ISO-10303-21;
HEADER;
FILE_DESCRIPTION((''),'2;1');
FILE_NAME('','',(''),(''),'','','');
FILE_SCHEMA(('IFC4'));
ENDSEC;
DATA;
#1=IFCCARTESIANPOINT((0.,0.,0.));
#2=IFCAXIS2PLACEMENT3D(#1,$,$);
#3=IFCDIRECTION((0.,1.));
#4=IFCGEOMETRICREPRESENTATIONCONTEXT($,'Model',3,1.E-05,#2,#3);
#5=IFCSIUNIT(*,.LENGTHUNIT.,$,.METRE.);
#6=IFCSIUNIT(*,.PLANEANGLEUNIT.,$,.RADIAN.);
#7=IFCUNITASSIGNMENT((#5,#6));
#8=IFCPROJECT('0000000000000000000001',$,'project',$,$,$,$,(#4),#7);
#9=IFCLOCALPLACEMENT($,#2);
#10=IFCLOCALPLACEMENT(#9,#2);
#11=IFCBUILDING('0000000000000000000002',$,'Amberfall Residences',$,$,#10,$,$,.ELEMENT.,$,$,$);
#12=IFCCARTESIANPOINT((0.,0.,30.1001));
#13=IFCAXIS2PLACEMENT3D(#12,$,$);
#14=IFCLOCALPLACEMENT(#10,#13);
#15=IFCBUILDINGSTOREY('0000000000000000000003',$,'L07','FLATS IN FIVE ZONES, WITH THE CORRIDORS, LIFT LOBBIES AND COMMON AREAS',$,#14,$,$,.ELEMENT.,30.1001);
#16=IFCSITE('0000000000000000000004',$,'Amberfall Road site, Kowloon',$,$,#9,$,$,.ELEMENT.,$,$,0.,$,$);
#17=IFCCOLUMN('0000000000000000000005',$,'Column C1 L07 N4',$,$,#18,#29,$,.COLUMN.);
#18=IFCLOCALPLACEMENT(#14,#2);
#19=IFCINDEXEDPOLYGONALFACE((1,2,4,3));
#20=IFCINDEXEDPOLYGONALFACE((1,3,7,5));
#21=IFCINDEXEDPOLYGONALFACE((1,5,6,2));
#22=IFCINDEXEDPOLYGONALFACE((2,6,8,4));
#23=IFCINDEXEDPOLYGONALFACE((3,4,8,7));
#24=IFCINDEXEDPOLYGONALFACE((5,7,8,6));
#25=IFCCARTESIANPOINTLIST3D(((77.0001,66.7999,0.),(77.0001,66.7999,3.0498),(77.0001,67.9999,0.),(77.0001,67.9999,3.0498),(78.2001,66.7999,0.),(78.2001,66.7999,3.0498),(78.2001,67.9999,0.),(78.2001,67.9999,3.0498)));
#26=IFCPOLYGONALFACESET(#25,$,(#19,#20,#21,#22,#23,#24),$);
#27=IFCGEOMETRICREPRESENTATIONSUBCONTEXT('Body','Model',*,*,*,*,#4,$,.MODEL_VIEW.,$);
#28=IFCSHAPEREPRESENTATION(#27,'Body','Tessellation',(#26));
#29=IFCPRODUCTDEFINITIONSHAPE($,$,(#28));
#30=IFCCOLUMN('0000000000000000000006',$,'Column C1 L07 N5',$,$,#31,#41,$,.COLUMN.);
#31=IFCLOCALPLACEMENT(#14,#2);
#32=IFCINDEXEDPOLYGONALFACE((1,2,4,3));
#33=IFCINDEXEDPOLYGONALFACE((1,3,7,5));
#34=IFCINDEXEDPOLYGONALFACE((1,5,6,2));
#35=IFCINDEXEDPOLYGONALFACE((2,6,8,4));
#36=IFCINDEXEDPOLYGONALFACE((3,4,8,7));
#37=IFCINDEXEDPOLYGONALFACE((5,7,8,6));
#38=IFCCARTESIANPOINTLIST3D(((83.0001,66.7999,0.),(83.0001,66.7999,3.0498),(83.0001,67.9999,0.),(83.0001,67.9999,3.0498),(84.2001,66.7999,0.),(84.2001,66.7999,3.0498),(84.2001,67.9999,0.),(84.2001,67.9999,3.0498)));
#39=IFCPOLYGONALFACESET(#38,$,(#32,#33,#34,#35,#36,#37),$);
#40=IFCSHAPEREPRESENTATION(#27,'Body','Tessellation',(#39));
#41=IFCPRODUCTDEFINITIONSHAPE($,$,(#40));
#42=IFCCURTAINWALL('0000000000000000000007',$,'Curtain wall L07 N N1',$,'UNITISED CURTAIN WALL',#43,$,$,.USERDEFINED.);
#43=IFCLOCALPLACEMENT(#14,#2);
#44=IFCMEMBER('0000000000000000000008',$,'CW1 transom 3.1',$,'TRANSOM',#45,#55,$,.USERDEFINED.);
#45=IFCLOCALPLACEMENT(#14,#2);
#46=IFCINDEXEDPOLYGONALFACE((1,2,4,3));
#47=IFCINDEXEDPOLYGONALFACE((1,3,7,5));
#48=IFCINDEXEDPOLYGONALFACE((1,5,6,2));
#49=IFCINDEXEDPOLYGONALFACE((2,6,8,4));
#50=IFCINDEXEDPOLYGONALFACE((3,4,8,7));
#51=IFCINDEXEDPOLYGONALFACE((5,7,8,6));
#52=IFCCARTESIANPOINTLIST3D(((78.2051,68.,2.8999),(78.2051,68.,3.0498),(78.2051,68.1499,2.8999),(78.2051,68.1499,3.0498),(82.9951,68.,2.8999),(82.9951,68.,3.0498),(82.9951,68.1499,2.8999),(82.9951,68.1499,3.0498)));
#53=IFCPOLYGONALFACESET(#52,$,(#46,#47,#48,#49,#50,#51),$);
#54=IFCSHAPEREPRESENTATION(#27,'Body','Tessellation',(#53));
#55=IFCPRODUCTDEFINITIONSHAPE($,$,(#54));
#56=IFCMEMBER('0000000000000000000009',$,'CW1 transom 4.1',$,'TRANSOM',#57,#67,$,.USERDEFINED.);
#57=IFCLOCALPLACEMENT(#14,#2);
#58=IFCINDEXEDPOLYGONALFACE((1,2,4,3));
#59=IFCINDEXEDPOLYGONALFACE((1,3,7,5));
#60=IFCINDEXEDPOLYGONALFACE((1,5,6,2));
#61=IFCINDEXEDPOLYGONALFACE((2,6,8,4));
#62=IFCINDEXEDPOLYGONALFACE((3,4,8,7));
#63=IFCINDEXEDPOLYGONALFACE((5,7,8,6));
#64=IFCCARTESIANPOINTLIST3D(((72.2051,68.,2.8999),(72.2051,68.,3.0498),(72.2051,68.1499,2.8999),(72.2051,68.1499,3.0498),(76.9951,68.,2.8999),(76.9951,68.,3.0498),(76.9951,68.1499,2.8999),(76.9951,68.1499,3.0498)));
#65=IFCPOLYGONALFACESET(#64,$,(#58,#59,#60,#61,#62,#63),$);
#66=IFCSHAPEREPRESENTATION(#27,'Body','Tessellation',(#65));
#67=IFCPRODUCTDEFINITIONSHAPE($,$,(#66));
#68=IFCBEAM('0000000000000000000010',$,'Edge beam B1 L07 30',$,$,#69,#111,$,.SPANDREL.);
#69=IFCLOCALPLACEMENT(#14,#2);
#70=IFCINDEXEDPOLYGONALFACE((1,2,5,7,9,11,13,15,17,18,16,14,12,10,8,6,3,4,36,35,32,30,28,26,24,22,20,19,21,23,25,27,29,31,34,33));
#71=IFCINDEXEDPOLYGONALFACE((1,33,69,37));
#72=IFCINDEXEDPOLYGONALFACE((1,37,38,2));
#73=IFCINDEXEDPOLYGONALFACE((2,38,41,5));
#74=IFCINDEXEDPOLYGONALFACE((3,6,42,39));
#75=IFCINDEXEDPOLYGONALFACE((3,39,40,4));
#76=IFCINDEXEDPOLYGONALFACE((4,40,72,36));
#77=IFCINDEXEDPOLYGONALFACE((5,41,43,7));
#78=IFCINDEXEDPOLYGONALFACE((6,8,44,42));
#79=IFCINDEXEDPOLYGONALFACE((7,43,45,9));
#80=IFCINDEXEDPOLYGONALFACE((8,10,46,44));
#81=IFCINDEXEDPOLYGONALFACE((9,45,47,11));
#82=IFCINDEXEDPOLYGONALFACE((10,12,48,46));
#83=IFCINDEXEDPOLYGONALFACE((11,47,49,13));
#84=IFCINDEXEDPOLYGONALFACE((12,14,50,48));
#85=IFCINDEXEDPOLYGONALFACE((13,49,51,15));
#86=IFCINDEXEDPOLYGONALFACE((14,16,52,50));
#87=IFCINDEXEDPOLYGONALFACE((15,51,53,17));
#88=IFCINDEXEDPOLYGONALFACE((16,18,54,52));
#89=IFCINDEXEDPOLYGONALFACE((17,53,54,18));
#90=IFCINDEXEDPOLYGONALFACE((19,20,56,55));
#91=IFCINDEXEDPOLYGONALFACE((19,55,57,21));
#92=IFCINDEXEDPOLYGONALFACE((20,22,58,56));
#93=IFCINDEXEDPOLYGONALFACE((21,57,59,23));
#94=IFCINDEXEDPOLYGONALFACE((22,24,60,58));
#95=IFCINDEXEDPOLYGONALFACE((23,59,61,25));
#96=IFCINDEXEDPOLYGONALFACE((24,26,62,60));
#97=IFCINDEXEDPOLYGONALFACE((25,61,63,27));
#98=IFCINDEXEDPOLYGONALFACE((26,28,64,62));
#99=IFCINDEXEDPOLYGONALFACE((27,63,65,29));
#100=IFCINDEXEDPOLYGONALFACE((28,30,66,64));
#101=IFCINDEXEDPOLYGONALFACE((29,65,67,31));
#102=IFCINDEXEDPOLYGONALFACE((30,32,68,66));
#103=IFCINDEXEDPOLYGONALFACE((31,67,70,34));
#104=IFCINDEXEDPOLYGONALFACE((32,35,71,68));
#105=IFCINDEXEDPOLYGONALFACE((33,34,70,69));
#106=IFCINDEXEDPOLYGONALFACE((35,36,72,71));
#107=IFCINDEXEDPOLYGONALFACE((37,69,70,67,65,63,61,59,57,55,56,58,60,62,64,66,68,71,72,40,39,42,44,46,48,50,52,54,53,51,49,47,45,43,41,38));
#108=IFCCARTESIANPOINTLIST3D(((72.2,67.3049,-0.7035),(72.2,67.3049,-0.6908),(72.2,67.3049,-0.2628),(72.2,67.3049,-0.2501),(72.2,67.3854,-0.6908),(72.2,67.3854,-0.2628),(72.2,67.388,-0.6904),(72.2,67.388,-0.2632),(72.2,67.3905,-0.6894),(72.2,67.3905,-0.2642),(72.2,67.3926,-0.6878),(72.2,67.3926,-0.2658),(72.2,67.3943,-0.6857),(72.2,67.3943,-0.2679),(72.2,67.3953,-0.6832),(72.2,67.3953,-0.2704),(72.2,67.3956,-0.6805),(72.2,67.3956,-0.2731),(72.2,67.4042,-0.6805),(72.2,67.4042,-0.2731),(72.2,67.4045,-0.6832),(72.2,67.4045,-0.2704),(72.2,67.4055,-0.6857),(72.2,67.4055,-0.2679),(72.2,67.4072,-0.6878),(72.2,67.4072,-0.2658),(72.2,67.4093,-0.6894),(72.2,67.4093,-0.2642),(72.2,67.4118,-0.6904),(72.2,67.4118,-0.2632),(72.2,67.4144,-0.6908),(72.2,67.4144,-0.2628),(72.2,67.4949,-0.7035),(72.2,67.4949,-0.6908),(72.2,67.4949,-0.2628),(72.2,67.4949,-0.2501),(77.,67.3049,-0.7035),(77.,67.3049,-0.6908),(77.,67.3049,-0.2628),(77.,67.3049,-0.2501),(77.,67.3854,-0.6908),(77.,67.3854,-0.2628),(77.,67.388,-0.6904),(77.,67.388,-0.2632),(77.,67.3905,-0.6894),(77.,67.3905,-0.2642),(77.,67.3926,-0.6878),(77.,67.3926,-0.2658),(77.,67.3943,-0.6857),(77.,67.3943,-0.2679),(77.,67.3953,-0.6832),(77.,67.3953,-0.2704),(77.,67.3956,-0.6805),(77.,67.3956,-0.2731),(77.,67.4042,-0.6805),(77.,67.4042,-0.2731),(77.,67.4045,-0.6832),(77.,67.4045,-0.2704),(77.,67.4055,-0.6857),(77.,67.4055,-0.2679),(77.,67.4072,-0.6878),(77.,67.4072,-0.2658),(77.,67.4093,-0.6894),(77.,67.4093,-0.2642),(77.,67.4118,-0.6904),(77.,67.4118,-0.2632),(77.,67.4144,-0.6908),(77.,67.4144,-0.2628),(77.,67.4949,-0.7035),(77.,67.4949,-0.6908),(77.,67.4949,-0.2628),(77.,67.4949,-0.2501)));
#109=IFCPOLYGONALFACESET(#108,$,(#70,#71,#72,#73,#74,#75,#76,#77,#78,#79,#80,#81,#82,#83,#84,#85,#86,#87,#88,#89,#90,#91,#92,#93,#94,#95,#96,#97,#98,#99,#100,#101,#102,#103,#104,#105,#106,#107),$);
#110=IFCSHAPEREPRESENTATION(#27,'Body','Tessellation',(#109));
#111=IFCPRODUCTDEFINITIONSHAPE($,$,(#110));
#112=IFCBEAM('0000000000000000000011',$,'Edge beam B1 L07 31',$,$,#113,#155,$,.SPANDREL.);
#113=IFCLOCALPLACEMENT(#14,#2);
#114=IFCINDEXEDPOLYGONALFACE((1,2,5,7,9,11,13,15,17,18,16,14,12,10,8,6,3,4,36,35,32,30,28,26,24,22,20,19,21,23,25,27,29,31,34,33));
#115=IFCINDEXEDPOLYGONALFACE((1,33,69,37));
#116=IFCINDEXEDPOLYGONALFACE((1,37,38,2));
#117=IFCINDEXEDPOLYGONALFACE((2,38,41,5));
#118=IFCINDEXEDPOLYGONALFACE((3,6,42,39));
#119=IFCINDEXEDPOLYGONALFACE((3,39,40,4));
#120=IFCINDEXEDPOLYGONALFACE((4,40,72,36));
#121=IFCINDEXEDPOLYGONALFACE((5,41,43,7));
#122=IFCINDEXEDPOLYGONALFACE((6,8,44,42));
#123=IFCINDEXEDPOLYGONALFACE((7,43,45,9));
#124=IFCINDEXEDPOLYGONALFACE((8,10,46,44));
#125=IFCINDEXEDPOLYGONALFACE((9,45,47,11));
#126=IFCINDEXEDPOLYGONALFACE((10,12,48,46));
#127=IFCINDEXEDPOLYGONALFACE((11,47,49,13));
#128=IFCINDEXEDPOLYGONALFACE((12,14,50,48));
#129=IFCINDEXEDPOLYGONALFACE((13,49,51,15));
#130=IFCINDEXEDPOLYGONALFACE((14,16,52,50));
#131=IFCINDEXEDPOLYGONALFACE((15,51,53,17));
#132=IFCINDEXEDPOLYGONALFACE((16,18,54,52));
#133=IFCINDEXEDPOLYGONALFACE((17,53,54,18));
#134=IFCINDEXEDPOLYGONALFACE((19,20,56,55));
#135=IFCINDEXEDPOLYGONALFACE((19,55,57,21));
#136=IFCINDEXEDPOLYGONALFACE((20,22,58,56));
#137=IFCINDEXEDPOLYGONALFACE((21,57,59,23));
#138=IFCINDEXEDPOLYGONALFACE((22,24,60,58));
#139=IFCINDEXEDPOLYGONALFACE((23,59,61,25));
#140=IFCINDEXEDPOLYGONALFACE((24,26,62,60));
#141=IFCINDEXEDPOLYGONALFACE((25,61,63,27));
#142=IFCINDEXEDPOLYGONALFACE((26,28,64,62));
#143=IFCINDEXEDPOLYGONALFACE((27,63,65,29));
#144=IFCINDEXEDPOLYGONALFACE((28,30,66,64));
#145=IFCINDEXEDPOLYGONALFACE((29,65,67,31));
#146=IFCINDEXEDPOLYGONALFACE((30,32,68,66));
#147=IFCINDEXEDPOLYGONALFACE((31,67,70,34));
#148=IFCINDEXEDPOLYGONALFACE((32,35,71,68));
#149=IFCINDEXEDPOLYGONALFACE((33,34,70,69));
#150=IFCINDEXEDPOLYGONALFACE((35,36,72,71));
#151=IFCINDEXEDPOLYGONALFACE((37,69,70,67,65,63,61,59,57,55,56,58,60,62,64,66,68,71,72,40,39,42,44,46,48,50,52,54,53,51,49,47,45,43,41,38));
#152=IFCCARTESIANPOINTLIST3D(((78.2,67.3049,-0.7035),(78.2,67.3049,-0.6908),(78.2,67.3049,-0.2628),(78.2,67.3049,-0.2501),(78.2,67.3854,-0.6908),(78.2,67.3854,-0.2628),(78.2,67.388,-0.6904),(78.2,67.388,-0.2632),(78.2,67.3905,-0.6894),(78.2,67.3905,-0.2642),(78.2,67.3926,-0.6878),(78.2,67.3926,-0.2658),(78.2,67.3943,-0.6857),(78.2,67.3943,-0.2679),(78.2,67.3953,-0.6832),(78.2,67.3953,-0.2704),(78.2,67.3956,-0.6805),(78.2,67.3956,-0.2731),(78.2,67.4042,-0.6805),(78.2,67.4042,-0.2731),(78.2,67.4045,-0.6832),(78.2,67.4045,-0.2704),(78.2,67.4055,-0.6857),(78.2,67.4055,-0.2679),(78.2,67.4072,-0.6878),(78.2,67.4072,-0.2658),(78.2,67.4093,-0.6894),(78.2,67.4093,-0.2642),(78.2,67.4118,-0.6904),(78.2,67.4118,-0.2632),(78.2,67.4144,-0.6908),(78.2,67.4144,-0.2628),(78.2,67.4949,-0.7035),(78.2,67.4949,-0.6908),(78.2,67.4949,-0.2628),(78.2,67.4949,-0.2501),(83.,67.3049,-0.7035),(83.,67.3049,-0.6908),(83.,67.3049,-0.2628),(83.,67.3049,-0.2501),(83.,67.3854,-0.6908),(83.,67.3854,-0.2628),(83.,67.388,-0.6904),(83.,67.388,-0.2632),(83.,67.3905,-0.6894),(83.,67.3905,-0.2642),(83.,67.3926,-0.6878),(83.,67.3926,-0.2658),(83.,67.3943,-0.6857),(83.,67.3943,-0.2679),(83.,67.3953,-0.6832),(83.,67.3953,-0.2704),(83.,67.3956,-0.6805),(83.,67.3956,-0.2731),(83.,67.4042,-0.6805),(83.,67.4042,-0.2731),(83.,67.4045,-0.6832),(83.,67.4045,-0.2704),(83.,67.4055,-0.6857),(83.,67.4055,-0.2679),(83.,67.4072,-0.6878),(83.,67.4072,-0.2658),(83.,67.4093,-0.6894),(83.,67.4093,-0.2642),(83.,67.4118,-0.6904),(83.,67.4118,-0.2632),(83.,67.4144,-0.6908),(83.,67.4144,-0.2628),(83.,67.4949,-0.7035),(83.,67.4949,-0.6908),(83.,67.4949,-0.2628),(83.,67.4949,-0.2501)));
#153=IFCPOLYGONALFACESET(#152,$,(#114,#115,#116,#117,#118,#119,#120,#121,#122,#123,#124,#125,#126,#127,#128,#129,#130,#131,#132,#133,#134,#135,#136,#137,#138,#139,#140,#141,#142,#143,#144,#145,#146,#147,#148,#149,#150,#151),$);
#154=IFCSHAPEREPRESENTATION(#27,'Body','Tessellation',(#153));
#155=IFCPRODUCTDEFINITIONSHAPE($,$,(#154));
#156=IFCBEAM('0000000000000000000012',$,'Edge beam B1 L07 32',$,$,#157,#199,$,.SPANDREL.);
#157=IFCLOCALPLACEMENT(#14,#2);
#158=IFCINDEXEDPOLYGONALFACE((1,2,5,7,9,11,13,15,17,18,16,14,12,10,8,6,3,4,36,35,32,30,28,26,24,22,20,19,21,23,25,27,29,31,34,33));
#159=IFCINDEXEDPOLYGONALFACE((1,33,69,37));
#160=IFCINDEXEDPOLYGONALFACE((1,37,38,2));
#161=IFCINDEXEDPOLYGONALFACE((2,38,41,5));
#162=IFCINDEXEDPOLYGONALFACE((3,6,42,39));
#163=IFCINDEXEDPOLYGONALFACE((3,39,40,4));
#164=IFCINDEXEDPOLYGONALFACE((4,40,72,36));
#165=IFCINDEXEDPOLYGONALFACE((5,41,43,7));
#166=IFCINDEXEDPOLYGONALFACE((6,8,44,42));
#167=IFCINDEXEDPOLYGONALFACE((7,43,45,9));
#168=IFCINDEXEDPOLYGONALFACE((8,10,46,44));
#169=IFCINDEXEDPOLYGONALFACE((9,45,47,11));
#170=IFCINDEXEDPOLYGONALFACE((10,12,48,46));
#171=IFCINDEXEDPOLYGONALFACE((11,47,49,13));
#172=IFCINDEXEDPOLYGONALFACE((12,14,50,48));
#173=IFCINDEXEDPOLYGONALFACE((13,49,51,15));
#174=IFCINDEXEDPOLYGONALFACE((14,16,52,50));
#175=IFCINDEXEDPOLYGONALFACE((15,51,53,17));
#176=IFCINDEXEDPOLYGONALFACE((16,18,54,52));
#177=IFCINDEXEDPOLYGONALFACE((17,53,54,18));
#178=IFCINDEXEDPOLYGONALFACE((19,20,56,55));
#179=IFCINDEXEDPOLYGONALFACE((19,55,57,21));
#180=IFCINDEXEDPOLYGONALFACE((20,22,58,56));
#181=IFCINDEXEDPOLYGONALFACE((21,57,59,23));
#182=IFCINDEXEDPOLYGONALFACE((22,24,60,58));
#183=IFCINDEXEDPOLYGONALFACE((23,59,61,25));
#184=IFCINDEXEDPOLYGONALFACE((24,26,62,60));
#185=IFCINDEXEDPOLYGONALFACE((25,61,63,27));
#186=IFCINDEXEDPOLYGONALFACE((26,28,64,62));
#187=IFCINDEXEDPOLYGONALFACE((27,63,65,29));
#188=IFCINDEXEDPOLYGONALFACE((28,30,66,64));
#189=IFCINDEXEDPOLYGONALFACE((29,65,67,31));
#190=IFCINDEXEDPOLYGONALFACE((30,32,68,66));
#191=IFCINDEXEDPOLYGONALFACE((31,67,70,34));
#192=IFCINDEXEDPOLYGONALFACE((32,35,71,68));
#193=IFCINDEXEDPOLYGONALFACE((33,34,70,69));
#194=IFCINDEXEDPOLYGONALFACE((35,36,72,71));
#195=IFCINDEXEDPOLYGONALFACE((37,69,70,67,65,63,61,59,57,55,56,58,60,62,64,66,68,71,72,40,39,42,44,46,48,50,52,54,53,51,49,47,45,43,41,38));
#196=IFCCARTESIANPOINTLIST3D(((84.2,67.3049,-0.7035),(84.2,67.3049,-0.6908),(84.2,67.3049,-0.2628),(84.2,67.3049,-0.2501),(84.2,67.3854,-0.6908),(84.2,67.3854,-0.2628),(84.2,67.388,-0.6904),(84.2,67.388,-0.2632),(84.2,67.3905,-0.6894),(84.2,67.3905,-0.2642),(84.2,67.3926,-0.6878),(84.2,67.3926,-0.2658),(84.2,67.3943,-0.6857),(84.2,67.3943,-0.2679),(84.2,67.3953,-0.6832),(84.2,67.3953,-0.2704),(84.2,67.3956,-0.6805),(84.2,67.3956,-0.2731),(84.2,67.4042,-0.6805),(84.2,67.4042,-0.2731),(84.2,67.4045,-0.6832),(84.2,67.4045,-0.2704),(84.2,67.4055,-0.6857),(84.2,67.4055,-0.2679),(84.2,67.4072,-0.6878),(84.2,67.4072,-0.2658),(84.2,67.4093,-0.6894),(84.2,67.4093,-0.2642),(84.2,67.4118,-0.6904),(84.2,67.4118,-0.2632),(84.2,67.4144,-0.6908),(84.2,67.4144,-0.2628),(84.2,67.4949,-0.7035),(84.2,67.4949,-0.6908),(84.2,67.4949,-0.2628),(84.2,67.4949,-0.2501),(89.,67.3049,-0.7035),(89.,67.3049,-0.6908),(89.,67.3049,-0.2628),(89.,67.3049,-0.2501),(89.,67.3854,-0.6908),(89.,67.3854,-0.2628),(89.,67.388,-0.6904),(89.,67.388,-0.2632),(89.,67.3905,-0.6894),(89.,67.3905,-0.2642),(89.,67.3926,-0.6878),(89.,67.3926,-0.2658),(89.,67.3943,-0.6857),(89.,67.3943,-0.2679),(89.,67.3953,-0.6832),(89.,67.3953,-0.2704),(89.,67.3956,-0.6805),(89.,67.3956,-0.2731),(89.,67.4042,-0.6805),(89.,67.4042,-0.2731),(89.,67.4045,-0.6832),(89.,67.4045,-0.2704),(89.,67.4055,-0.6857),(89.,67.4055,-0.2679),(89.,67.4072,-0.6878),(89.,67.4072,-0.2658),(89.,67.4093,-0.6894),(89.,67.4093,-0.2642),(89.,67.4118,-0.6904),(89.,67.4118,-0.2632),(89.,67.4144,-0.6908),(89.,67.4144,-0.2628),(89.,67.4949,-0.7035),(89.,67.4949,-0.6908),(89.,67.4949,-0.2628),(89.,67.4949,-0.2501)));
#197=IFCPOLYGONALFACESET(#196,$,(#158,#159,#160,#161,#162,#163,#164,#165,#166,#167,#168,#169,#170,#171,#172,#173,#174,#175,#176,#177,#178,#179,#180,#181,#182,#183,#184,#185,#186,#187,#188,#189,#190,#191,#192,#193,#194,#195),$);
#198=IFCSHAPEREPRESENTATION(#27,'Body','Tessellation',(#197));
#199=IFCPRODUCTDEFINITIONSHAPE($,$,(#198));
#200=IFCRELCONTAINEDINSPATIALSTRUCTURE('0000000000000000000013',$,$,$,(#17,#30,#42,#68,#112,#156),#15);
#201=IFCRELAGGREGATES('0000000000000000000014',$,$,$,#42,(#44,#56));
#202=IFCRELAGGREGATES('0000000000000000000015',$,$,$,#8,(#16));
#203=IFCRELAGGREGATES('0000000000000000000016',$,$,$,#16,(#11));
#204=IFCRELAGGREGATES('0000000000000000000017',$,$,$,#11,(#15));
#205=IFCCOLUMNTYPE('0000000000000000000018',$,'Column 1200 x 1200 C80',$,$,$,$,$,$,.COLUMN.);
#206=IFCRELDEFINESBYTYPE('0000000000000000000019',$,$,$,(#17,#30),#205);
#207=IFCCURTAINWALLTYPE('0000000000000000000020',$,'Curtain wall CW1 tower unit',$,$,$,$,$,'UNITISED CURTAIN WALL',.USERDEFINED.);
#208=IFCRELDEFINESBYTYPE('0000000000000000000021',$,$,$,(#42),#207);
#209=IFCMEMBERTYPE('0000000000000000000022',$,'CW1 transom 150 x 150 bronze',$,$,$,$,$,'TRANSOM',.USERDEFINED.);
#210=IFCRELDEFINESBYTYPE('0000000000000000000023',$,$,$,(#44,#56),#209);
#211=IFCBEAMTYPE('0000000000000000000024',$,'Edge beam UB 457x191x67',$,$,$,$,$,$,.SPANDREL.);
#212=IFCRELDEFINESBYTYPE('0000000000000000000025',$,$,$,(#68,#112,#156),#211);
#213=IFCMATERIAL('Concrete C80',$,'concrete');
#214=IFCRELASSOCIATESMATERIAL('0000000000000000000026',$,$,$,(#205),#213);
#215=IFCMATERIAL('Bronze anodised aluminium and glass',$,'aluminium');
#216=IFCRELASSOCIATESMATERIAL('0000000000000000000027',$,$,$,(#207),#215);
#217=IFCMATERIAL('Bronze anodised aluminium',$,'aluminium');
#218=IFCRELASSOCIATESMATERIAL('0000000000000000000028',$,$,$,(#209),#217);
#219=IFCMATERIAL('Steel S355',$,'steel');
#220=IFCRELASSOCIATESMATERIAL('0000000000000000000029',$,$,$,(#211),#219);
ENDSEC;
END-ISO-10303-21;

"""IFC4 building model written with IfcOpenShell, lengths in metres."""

from ifc_helpers import new_model, si_unit, direction, frame, origin, origin_2d, place, context, subcontext, project, spatial, rectangle, i_section, extrude, material, material_profile, profile_set, type_object, element, aggregate, save


model = new_model("IFC4")

# Units and contexts
model_context = context("Model", 3, precision=1e-05, world=origin(), true_north=direction((0.0, 1.0)))
body_context = subcontext(model_context, "Body", "Model", "MODEL_VIEW")
ifc_project = project(units=[si_unit("LENGTHUNIT", "METRE"), si_unit("PLANEANGLEUNIT", "RADIAN")], contexts=[model_context])

# Site, building, storey
site_placement = place(None, origin())
site = spatial("IfcSite", under=ifc_project, at=site_placement, Name="Amberfall Road site, Kowloon", CompositionType="ELEMENT", RefElevation=0.0)
building_placement = place(site_placement, origin())
building = spatial("IfcBuilding", under=site, at=building_placement, Name="Amberfall Residences", CompositionType="ELEMENT")
storey_placement = place(building_placement, frame((0.0, 0.0, 30.1001)))
storey = spatial("IfcBuildingStorey", under=building, at=storey_placement, Name="L07", Description="FLATS IN FIVE ZONES, WITH THE CORRIDORS, LIFT LOBBIES AND COMMON AREAS", CompositionType="ELEMENT", Elevation=30.1001)

# Columns
ifc_material_1 = material(Name="Concrete C80", Category="concrete")
ifc_material_profile_1 = material_profile(ifc_material_1, rectangle(XDim=1.2, YDim=1.2, at=origin_2d()), Name="Column 1200 x 1200 C80")
ifc_profile_set_1 = profile_set([ifc_material_profile_1], Name="Concrete C80")
column_type = type_object("IfcColumnType", Name="Column 1200 x 1200 C80", PredefinedType="COLUMN", material=ifc_profile_set_1)
for number, where, z_axis, x_axis, name in (
    (1, (77.6001, 67.3999, 0.0), (0.0, 0.0, 1.0), (1.0, 0.0, 0.0), "Column C1 L07 N4"),
    (2, (83.6001, 67.3999, 0.0), (0.0, 0.0, 1.0), (1.0, 0.0, 0.0), "Column C1 L07 N5"),
):
    element("IfcColumn", number, at=place(storey_placement, frame(where, z_axis=z_axis, x_axis=x_axis)), inside=storey, type_object=column_type, Name=name, PredefinedType="COLUMN", context=body_context, shape_type="SweptSolid", body=[
        extrude(rectangle(XDim=1.2, YDim=1.2, at=origin_2d()), origin(), (0.0, 0.0, 1.0), 3.0498),
    ])

# Curtain wall, members
ifc_material_2 = material(Name="Bronze anodised aluminium and glass", Category="aluminium")
curtain_wall_type = type_object("IfcCurtainWallType", Name="Curtain wall CW1 tower unit", ElementType="UNITISED CURTAIN WALL", PredefinedType="USERDEFINED", material=ifc_material_2)
curtain_wall_placement = place(storey_placement, origin())
curtain_wall = element("IfcCurtainWall", 3, at=curtain_wall_placement, inside=storey, type_object=curtain_wall_type, Name="Curtain wall L07 N N1", ObjectType="UNITISED CURTAIN WALL", PredefinedType="USERDEFINED")
ifc_material_3 = material(Name="Bronze anodised aluminium", Category="aluminium")
ifc_material_profile_2 = material_profile(ifc_material_3, rectangle(XDim=0.1499, YDim=0.1499, at=origin_2d()), Name="CW1 transom 150 x 150 bronze")
ifc_profile_set_2 = profile_set([ifc_material_profile_2], Name="Bronze anodised aluminium")
member_type_1 = type_object("IfcMemberType", Name="CW1 transom 150 x 150 bronze", ElementType="TRANSOM", PredefinedType="USERDEFINED", material=ifc_profile_set_2)
member_1_placement = place(storey_placement, frame((82.9951, 68.075, 2.9749), z_axis=(-1.0, 0.0, 0.0), x_axis=(0.0, -1.0, 0.0)))
member_1 = element("IfcMember", 4, at=member_1_placement, type_object=member_type_1, Name="CW1 transom 3.1", ObjectType="TRANSOM", PredefinedType="USERDEFINED", context=body_context, shape_type="SweptSolid", body=[
    extrude(rectangle(XDim=0.1499, YDim=0.1499, at=origin_2d()), origin(), (0.0, 0.0, 1.0), 4.79),
])
member_2_placement = place(storey_placement, frame((76.9951, 68.075, 2.9749), z_axis=(-1.0, 0.0, 0.0), x_axis=(0.0, -1.0, 0.0)))
member_2 = element("IfcMember", 5, at=member_2_placement, type_object=member_type_1, Name="CW1 transom 4.1", ObjectType="TRANSOM", PredefinedType="USERDEFINED", context=body_context, shape_type="SweptSolid", body=[
    extrude(rectangle(XDim=0.1499, YDim=0.1499, at=origin_2d()), origin(), (0.0, 0.0, 1.0), 4.79),
])

# Beams
ifc_material_4 = material(Name="Steel S355", Category="steel")
ifc_material_profile_3 = material_profile(ifc_material_4, i_section(OverallWidth=0.1899, OverallDepth=0.4534, WebThickness=0.0085, FlangeThickness=0.0127, FilletRadius=0.0103, at=origin_2d()), Name="UB 457x191x67")
ifc_profile_set_3 = profile_set([ifc_material_profile_3], Name="Steel S355")
beam_type_1 = type_object("IfcBeamType", Name="Edge beam UB 457x191x67", PredefinedType="SPANDREL", material=ifc_profile_set_3)
for number, where, z_axis, x_axis, name in (
    (6, (72.2, 67.3999, -0.4768), (1.0, 0.0, 0.0), (0.0, 1.0, 0.0), "Edge beam B1 L07 30"),
    (7, (78.2, 67.3999, -0.4768), (1.0, 0.0, 0.0), (0.0, 1.0, 0.0), "Edge beam B1 L07 31"),
    (8, (84.2, 67.3999, -0.4768), (1.0, 0.0, 0.0), (0.0, 1.0, 0.0), "Edge beam B1 L07 32"),
):
    element("IfcBeam", number, at=place(storey_placement, frame(where, z_axis=z_axis, x_axis=x_axis)), inside=storey, type_object=beam_type_1, Name=name, PredefinedType="SPANDREL", context=body_context, shape_type="SweptSolid", body=[
        extrude(i_section(OverallWidth=0.1899, OverallDepth=0.4534, WebThickness=0.0085, FlangeThickness=0.0127, FilletRadius=0.0103, at=origin_2d()), origin(), (0.0, 0.0, 1.0), 4.8),
    ])

aggregate(curtain_wall, [member_1, member_2])

save(model, "model.ifc")
